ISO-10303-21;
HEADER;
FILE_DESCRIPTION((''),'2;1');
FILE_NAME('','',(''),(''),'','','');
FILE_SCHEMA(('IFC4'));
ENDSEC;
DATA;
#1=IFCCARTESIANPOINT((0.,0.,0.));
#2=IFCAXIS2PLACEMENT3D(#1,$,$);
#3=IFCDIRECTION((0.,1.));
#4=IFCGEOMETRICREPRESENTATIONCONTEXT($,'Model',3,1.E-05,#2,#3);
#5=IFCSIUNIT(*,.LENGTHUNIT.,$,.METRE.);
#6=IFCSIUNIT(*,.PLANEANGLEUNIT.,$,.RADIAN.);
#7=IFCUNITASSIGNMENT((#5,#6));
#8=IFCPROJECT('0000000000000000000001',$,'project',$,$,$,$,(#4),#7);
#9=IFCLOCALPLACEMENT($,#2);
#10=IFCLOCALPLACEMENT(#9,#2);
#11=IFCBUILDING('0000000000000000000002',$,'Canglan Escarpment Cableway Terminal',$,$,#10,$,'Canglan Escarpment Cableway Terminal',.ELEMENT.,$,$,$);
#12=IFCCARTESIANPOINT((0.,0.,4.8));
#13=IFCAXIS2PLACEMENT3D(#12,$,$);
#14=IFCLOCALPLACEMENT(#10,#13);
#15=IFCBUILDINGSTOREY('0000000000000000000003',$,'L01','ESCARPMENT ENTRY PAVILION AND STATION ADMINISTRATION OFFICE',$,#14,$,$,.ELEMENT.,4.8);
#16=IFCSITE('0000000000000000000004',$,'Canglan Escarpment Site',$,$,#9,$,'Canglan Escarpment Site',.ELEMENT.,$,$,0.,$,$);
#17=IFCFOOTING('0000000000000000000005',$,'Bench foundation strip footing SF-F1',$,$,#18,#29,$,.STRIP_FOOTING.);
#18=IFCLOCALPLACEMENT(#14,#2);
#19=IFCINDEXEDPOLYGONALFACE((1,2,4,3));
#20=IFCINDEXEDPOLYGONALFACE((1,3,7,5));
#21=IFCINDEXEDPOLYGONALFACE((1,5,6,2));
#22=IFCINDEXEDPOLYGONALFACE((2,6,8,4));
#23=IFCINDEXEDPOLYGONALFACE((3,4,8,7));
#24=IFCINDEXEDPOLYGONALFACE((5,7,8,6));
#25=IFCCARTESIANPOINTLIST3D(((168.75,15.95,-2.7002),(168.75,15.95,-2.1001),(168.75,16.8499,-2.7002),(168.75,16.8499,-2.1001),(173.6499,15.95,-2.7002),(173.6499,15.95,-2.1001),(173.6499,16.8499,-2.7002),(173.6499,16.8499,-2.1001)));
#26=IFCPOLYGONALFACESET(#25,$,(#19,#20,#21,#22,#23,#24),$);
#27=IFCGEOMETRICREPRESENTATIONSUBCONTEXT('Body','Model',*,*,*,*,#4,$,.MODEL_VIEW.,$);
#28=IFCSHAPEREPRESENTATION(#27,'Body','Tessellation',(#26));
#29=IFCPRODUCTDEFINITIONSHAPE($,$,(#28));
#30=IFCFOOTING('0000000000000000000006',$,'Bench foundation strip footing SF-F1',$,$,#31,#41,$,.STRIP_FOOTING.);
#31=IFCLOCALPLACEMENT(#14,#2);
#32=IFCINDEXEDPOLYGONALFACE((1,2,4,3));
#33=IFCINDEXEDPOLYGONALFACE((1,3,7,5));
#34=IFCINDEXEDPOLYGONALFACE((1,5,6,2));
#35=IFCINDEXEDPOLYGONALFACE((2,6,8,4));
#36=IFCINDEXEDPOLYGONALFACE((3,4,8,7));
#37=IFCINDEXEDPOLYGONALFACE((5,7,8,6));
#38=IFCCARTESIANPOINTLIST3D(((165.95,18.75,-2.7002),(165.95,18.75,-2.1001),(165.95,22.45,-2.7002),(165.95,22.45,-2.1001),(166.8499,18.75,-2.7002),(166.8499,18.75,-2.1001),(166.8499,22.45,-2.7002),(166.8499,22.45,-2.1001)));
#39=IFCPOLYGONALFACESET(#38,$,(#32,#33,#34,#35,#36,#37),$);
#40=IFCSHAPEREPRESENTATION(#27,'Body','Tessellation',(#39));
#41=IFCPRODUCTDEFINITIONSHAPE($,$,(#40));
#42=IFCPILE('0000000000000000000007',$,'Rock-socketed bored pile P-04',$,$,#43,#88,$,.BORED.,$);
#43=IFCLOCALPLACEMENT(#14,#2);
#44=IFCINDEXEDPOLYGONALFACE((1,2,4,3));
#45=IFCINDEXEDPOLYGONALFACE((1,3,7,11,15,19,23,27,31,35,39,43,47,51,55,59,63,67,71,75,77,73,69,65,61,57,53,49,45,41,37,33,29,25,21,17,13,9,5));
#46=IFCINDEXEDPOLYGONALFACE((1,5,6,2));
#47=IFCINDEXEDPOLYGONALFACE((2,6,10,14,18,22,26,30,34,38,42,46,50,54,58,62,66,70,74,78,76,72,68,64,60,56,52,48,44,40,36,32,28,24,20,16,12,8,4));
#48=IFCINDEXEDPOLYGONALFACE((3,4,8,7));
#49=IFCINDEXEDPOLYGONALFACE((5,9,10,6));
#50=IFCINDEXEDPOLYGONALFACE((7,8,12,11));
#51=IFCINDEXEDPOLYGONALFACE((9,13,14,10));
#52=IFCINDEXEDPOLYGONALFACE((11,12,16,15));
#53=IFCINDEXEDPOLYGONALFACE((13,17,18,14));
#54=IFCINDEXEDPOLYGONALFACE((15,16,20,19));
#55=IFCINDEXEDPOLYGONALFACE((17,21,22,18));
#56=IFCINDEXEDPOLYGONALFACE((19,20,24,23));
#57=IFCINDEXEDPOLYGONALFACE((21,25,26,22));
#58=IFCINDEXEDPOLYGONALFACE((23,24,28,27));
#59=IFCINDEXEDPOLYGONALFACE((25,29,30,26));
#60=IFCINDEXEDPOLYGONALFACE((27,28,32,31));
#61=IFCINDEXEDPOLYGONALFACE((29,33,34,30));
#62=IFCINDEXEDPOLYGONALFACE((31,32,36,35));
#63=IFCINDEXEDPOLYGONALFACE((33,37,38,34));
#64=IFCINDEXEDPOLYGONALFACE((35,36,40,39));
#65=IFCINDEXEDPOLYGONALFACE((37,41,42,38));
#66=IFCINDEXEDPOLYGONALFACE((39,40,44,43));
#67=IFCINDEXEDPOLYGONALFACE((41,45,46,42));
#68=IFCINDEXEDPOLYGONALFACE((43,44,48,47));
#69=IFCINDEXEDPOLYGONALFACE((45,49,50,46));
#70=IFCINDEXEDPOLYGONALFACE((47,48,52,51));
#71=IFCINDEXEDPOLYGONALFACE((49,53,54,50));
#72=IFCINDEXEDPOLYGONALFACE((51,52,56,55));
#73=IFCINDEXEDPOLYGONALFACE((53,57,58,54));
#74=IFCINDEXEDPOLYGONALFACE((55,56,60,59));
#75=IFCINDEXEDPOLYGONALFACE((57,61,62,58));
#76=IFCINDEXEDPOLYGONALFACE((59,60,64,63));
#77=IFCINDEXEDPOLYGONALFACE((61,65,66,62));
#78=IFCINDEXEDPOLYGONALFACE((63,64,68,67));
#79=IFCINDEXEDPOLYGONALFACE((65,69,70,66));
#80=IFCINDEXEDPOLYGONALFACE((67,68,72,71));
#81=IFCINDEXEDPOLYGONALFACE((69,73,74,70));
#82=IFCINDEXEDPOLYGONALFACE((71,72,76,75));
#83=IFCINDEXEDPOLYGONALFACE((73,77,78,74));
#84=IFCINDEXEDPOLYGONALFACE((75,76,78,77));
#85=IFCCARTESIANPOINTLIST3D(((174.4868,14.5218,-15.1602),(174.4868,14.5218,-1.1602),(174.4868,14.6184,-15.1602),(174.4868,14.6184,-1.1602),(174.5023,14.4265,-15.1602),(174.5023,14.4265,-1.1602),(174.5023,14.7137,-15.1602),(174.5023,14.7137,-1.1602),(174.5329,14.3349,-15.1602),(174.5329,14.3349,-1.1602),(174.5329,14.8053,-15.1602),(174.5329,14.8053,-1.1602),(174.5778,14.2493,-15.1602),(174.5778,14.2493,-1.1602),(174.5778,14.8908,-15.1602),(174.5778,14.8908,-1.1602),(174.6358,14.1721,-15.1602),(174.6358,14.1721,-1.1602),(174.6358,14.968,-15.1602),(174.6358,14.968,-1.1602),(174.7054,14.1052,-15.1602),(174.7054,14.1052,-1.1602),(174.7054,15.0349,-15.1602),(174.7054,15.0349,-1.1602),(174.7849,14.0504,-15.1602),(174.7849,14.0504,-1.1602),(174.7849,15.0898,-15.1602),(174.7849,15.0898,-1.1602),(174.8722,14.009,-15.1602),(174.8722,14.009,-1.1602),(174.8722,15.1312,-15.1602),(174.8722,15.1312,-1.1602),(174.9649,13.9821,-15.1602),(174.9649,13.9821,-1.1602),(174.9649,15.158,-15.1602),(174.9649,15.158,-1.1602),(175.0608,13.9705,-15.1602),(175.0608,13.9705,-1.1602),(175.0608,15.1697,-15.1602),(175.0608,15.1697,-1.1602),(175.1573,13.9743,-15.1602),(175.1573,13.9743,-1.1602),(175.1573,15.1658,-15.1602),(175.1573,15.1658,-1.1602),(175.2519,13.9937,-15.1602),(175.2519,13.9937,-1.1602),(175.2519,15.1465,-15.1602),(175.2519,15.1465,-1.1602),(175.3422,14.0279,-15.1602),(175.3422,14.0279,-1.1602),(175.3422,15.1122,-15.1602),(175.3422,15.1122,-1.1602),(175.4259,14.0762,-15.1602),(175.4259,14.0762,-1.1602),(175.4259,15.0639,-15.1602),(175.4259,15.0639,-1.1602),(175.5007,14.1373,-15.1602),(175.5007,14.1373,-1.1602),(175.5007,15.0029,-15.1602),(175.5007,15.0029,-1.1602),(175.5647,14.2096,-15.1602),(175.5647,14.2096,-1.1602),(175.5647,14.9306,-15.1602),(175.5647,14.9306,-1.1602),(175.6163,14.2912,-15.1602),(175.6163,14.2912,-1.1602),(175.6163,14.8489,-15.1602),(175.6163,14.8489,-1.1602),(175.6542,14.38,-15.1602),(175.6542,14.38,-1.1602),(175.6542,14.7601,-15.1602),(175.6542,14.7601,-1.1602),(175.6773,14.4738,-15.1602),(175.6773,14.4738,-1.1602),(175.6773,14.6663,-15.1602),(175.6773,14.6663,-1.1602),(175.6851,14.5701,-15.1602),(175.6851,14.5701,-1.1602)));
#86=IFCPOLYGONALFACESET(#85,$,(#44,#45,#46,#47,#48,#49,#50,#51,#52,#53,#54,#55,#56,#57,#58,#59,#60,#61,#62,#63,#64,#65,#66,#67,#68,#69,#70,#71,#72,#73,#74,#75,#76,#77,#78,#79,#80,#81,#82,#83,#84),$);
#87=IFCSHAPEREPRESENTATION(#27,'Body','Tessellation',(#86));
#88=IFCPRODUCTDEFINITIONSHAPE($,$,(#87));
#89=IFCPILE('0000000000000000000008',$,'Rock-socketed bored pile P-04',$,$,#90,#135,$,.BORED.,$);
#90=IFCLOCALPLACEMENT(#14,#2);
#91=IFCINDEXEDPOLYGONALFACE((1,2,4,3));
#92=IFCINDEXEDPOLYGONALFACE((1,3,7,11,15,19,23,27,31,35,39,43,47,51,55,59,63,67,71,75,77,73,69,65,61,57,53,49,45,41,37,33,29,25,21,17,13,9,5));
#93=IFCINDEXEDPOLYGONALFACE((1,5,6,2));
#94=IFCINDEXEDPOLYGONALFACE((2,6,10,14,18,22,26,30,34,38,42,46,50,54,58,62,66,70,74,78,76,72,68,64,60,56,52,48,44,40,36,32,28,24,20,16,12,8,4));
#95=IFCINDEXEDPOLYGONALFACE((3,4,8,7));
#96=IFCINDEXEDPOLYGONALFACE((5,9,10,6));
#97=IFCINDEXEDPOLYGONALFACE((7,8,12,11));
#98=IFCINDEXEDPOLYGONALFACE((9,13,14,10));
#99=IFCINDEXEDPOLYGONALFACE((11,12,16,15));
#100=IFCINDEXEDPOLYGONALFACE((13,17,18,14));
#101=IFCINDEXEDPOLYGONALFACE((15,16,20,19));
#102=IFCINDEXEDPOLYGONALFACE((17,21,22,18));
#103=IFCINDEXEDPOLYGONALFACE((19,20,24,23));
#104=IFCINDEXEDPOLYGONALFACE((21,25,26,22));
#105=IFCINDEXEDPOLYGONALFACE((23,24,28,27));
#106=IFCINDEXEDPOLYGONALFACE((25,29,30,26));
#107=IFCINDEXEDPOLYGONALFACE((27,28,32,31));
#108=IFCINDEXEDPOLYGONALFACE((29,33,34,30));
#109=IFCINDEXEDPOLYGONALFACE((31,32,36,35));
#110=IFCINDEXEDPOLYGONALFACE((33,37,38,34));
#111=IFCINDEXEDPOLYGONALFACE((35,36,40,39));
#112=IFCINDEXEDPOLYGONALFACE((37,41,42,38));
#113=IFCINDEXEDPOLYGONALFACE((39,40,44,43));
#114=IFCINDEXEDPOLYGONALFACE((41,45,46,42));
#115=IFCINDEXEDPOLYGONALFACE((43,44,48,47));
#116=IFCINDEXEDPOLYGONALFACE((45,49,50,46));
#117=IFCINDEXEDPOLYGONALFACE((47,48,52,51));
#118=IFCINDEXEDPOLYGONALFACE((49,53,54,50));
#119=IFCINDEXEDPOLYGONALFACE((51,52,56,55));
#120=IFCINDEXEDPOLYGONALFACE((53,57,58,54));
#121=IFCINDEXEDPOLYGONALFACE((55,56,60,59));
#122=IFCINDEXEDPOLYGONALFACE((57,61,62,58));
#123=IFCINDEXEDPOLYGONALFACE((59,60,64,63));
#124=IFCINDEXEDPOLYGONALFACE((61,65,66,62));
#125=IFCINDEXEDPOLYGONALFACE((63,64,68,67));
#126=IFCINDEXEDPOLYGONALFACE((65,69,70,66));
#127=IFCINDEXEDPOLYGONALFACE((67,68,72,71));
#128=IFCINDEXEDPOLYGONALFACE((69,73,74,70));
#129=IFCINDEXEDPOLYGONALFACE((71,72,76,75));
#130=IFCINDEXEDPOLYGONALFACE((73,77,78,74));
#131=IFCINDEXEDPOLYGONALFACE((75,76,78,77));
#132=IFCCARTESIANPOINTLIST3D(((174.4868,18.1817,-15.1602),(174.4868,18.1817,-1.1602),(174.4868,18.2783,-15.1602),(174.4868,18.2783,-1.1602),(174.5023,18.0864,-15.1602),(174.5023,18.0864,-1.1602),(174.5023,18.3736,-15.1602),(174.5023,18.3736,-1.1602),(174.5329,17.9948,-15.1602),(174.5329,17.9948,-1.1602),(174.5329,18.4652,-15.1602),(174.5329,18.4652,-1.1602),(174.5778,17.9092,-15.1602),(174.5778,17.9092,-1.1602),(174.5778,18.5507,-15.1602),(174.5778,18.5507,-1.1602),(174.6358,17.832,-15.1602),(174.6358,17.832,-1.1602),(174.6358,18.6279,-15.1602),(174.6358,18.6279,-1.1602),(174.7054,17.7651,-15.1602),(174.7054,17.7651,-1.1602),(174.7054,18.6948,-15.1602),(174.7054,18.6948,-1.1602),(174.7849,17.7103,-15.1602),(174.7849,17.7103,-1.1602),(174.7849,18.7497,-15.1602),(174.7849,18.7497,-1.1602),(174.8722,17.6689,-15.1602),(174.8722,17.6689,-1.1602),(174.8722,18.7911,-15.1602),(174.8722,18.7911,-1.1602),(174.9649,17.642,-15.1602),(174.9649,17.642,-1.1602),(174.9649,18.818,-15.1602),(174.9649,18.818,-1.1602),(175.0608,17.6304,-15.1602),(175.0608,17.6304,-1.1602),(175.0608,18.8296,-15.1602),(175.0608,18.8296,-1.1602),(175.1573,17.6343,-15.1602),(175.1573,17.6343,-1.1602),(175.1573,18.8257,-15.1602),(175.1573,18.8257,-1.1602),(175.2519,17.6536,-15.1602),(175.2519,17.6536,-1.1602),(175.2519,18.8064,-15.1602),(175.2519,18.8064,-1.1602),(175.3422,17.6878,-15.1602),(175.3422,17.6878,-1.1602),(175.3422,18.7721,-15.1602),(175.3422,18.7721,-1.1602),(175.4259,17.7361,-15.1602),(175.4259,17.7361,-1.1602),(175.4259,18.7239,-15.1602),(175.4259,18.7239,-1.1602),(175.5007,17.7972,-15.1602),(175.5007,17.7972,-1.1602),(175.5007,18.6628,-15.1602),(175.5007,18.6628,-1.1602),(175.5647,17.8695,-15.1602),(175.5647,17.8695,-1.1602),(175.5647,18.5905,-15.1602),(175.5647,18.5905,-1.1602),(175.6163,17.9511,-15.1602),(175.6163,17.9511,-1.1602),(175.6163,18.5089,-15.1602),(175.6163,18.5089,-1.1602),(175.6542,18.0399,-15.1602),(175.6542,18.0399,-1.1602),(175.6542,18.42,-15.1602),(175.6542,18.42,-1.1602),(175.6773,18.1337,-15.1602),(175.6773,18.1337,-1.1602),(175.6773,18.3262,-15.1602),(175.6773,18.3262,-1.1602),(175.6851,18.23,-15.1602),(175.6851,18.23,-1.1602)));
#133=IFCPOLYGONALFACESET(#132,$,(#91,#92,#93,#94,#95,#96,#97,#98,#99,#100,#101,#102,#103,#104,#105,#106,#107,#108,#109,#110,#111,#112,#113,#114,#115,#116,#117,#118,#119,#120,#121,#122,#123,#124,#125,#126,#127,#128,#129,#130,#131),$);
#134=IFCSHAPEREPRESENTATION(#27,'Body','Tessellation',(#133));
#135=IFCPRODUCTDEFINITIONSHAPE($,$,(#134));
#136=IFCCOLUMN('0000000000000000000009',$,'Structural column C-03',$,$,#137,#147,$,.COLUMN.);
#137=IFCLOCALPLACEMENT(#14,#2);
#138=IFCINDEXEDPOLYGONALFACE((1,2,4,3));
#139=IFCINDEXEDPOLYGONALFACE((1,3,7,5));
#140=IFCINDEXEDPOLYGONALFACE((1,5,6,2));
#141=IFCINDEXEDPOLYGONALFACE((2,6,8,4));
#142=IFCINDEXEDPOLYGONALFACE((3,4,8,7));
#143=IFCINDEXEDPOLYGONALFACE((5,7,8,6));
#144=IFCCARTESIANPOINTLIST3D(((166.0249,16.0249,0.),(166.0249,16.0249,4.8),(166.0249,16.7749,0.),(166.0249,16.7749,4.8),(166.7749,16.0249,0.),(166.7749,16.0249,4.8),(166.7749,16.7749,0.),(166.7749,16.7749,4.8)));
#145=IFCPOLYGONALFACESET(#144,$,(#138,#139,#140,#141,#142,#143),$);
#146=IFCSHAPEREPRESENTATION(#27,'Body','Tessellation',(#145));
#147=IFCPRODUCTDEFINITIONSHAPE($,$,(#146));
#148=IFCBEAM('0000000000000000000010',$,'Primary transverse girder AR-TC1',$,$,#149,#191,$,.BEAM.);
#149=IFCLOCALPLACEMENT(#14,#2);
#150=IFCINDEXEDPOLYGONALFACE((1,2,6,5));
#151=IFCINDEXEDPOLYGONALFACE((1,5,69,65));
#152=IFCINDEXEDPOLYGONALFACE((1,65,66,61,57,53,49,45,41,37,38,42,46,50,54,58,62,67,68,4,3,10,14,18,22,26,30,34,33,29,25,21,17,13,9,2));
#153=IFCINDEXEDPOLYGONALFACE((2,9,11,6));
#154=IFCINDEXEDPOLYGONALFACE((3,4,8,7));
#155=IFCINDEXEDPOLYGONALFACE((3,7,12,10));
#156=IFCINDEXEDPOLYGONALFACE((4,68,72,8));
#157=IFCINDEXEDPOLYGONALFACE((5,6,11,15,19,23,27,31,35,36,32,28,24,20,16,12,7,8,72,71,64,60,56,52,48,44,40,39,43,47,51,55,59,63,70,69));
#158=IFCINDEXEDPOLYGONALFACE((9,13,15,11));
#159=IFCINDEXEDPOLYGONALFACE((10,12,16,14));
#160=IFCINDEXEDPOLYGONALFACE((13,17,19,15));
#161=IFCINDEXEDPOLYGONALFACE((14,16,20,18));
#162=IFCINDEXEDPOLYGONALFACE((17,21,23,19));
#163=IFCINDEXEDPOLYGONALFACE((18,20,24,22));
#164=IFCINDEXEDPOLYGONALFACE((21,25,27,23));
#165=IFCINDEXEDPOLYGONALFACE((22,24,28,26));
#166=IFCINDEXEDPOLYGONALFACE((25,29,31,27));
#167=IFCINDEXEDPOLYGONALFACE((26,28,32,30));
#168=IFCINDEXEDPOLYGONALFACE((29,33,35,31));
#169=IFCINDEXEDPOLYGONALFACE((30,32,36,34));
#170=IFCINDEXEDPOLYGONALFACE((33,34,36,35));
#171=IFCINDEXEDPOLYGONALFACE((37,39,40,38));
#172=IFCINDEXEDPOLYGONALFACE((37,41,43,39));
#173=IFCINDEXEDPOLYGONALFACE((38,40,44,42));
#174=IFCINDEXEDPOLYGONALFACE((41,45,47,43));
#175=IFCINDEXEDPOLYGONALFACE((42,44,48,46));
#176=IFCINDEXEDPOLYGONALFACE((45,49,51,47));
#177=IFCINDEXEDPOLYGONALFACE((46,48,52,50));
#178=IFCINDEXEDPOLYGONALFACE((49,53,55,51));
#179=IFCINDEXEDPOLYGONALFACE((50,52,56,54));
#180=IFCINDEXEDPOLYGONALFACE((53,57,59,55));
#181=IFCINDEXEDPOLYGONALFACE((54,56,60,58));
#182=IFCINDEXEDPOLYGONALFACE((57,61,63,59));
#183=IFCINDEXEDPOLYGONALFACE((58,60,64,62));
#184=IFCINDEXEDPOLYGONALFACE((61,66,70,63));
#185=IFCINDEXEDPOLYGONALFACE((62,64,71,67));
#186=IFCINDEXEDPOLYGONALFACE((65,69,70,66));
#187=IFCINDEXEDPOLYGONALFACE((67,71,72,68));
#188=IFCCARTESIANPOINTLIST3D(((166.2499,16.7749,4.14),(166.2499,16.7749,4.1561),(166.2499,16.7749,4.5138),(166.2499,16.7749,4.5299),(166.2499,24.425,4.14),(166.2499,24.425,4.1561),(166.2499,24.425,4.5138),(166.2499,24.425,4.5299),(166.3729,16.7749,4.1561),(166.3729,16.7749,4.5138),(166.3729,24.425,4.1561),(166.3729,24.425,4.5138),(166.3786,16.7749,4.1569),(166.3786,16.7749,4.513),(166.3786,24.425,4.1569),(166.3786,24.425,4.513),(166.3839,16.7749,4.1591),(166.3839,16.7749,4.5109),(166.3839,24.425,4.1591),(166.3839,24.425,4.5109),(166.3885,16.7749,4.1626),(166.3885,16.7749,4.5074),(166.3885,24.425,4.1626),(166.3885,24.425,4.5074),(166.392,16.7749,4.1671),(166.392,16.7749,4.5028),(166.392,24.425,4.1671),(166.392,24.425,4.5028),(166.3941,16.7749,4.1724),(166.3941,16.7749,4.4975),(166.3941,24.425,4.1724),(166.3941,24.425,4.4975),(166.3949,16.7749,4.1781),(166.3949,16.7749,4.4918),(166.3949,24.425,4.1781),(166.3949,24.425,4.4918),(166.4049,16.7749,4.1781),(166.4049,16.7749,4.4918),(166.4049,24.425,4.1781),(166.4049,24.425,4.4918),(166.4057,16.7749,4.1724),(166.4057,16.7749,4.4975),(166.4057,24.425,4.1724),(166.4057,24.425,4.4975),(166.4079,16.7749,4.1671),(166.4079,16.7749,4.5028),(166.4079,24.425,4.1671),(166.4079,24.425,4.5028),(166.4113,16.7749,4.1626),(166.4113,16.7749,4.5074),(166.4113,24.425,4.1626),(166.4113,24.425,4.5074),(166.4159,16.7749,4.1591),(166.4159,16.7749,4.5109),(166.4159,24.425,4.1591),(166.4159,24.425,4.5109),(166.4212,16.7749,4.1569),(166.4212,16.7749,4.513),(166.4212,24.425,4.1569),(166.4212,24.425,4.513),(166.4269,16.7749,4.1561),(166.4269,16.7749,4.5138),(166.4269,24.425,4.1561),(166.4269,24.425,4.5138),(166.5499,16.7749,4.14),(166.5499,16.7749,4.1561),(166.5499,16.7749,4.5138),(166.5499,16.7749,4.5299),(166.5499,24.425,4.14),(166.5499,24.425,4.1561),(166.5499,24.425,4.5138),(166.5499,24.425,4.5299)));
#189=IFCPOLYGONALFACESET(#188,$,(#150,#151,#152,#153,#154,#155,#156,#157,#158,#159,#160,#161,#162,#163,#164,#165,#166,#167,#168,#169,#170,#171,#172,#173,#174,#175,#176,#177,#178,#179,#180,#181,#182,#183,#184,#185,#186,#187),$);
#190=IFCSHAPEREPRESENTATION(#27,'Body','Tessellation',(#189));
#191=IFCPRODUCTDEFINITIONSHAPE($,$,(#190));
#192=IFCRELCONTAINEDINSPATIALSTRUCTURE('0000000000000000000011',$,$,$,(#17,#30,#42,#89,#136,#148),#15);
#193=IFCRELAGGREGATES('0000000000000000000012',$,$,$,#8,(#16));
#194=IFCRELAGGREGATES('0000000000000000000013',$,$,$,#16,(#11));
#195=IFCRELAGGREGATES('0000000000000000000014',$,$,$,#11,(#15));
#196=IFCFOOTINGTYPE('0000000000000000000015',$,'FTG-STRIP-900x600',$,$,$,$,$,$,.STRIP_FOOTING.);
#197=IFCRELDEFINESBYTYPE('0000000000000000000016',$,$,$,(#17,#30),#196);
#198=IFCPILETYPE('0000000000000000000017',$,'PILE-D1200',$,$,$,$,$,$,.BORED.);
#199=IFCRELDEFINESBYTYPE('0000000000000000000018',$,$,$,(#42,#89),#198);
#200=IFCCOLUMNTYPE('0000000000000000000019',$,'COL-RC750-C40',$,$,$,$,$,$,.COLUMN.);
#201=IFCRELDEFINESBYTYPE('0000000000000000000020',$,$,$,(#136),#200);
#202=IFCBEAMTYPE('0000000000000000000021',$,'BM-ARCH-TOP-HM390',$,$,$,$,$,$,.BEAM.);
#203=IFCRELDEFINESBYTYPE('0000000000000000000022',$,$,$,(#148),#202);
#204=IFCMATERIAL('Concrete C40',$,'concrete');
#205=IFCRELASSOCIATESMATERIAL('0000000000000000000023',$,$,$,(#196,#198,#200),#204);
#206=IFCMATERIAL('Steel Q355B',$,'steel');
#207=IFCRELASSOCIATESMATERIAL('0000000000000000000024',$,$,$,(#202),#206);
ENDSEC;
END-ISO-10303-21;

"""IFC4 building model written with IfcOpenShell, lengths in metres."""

from ifc_helpers import new_model, si_unit, direction, frame, origin, origin_2d, place, context, subcontext, project, spatial, rectangle, circle, i_section, extrude, material, material_profile, profile_set, type_object, element, save


model = new_model("IFC4")

# Units and contexts
model_context = context("Model", 3, precision=1e-05, world=origin(), true_north=direction((0.0, 1.0)))
body_context = subcontext(model_context, "Body", "Model", "MODEL_VIEW")
ifc_project = project(units=[si_unit("LENGTHUNIT", "METRE"), si_unit("PLANEANGLEUNIT", "RADIAN")], contexts=[model_context])

# Site, building, storey
site_placement = place(None, origin())
site = spatial("IfcSite", under=ifc_project, at=site_placement, Name="Canglan Escarpment Site", LongName="Canglan Escarpment Site", CompositionType="ELEMENT", RefElevation=0.0)
building_placement = place(site_placement, origin())
building = spatial("IfcBuilding", under=site, at=building_placement, Name="Canglan Escarpment Cableway Terminal", LongName="Canglan Escarpment Cableway Terminal", CompositionType="ELEMENT")
storey_placement = place(building_placement, frame((0.0, 0.0, 4.8)))
storey = spatial("IfcBuildingStorey", under=building, at=storey_placement, Name="L01", Description="ESCARPMENT ENTRY PAVILION AND STATION ADMINISTRATION OFFICE", CompositionType="ELEMENT", Elevation=4.8)

# Footings
ifc_material_1 = material(Name="Concrete C40", Category="concrete")
ifc_material_profile_1 = material_profile(ifc_material_1, rectangle(XDim=0.8999, YDim=0.6001, at=origin_2d()), Name="SF 900x600")
ifc_profile_set_1 = profile_set([ifc_material_profile_1], Name="Concrete C40")
footing_type = type_object("IfcFootingType", Name="FTG-STRIP-900x600", PredefinedType="STRIP_FOOTING", material=ifc_profile_set_1)
footing_1_placement = place(storey_placement, frame((168.75, 16.3999, -2.4001), z_axis=(1.0, 0.0, 0.0), x_axis=(0.0, 1.0, 0.0)))
element("IfcFooting", 1, at=footing_1_placement, inside=storey, type_object=footing_type, Name="Bench foundation strip footing SF-F1", PredefinedType="STRIP_FOOTING", context=body_context, shape_type="SweptSolid", body=[
    extrude(rectangle(XDim=0.8999, YDim=0.6001, at=origin_2d()), origin(), (0.0, 0.0, 1.0), 4.8999),
])
footing_2_placement = place(storey_placement, frame((166.3999, 18.75, -2.4001), z_axis=(0.0, 1.0, 0.0), x_axis=(-1.0, 0.0, 0.0)))
element("IfcFooting", 2, at=footing_2_placement, inside=storey, type_object=footing_type, Name="Bench foundation strip footing SF-F1", PredefinedType="STRIP_FOOTING", context=body_context, shape_type="SweptSolid", body=[
    extrude(rectangle(XDim=0.8999, YDim=0.6001, at=origin_2d()), origin(), (0.0, 0.0, 1.0), 3.7),
])

# Piles
ifc_material_profile_2 = material_profile(ifc_material_1, circle(Radius=0.6001, at=origin_2d()), Name="BORED PILE D1200")
ifc_profile_set_2 = profile_set([ifc_material_profile_2], Name="Concrete C40")
pile_type = type_object("IfcPileType", Name="PILE-D1200", PredefinedType="BORED", material=ifc_profile_set_2)
for number, where, z_axis, x_axis, name in (
    (3, (175.085, 14.5701, -1.1602), (0.0, 0.0, -1.0), (1.0, 0.0, 0.0), "Rock-socketed bored pile P-04"),
    (4, (175.085, 18.23, -1.1602), (0.0, 0.0, -1.0), (1.0, 0.0, 0.0), "Rock-socketed bored pile P-04"),
):
    element("IfcPile", number, at=place(storey_placement, frame(where, z_axis=z_axis, x_axis=x_axis)), inside=storey, type_object=pile_type, Name=name, PredefinedType="BORED", context=body_context, shape_type="SweptSolid", body=[
        extrude(circle(Radius=0.6001, at=origin_2d()), origin(), (0.0, 0.0, 1.0), 14.0),
    ])

# Column
ifc_material_profile_3 = material_profile(ifc_material_1, rectangle(XDim=0.75, YDim=0.75, at=origin_2d()), Name="RC 750x750")
ifc_profile_set_3 = profile_set([ifc_material_profile_3], Name="Concrete C40")
column_type = type_object("IfcColumnType", Name="COL-RC750-C40", PredefinedType="COLUMN", material=ifc_profile_set_3)
column_placement = place(storey_placement, frame((166.3999, 16.3999, 0.0), z_axis=(0.0, 0.0, 1.0), x_axis=(1.0, 0.0, 0.0)))
element("IfcColumn", 5, at=column_placement, inside=storey, type_object=column_type, Name="Structural column C-03", PredefinedType="COLUMN", context=body_context, shape_type="SweptSolid", body=[
    extrude(rectangle(XDim=0.75, YDim=0.75, at=origin_2d()), origin(), (0.0, 0.0, 1.0), 4.8),
])

# Beam
ifc_material_2 = material(Name="Steel Q355B", Category="steel")
ifc_material_profile_4 = material_profile(ifc_material_2, i_section(OverallWidth=0.3, OverallDepth=0.3899, WebThickness=0.01, FlangeThickness=0.0161, FilletRadius=0.022, at=origin_2d()), Name="HM 390x300x10x16")
ifc_profile_set_4 = profile_set([ifc_material_profile_4], Name="Steel Q355B")
beam_type_1 = type_object("IfcBeamType", Name="BM-ARCH-TOP-HM390", PredefinedType="BEAM", material=ifc_profile_set_4)
beam_1_placement = place(storey_placement, frame((166.3999, 16.7749, 4.335), z_axis=(0.0, 1.0, 0.0), x_axis=(-1.0, 0.0, 0.0)))
element("IfcBeam", 6, at=beam_1_placement, inside=storey, type_object=beam_type_1, Name="Primary transverse girder AR-TC1", PredefinedType="BEAM", context=body_context, shape_type="SweptSolid", body=[
    extrude(i_section(OverallWidth=0.3, OverallDepth=0.3899, WebThickness=0.01, FlangeThickness=0.0161, FilletRadius=0.022, at=origin_2d()), origin(), (0.0, 0.0, 1.0), 7.6501),
])

save(model, "model.ifc")
